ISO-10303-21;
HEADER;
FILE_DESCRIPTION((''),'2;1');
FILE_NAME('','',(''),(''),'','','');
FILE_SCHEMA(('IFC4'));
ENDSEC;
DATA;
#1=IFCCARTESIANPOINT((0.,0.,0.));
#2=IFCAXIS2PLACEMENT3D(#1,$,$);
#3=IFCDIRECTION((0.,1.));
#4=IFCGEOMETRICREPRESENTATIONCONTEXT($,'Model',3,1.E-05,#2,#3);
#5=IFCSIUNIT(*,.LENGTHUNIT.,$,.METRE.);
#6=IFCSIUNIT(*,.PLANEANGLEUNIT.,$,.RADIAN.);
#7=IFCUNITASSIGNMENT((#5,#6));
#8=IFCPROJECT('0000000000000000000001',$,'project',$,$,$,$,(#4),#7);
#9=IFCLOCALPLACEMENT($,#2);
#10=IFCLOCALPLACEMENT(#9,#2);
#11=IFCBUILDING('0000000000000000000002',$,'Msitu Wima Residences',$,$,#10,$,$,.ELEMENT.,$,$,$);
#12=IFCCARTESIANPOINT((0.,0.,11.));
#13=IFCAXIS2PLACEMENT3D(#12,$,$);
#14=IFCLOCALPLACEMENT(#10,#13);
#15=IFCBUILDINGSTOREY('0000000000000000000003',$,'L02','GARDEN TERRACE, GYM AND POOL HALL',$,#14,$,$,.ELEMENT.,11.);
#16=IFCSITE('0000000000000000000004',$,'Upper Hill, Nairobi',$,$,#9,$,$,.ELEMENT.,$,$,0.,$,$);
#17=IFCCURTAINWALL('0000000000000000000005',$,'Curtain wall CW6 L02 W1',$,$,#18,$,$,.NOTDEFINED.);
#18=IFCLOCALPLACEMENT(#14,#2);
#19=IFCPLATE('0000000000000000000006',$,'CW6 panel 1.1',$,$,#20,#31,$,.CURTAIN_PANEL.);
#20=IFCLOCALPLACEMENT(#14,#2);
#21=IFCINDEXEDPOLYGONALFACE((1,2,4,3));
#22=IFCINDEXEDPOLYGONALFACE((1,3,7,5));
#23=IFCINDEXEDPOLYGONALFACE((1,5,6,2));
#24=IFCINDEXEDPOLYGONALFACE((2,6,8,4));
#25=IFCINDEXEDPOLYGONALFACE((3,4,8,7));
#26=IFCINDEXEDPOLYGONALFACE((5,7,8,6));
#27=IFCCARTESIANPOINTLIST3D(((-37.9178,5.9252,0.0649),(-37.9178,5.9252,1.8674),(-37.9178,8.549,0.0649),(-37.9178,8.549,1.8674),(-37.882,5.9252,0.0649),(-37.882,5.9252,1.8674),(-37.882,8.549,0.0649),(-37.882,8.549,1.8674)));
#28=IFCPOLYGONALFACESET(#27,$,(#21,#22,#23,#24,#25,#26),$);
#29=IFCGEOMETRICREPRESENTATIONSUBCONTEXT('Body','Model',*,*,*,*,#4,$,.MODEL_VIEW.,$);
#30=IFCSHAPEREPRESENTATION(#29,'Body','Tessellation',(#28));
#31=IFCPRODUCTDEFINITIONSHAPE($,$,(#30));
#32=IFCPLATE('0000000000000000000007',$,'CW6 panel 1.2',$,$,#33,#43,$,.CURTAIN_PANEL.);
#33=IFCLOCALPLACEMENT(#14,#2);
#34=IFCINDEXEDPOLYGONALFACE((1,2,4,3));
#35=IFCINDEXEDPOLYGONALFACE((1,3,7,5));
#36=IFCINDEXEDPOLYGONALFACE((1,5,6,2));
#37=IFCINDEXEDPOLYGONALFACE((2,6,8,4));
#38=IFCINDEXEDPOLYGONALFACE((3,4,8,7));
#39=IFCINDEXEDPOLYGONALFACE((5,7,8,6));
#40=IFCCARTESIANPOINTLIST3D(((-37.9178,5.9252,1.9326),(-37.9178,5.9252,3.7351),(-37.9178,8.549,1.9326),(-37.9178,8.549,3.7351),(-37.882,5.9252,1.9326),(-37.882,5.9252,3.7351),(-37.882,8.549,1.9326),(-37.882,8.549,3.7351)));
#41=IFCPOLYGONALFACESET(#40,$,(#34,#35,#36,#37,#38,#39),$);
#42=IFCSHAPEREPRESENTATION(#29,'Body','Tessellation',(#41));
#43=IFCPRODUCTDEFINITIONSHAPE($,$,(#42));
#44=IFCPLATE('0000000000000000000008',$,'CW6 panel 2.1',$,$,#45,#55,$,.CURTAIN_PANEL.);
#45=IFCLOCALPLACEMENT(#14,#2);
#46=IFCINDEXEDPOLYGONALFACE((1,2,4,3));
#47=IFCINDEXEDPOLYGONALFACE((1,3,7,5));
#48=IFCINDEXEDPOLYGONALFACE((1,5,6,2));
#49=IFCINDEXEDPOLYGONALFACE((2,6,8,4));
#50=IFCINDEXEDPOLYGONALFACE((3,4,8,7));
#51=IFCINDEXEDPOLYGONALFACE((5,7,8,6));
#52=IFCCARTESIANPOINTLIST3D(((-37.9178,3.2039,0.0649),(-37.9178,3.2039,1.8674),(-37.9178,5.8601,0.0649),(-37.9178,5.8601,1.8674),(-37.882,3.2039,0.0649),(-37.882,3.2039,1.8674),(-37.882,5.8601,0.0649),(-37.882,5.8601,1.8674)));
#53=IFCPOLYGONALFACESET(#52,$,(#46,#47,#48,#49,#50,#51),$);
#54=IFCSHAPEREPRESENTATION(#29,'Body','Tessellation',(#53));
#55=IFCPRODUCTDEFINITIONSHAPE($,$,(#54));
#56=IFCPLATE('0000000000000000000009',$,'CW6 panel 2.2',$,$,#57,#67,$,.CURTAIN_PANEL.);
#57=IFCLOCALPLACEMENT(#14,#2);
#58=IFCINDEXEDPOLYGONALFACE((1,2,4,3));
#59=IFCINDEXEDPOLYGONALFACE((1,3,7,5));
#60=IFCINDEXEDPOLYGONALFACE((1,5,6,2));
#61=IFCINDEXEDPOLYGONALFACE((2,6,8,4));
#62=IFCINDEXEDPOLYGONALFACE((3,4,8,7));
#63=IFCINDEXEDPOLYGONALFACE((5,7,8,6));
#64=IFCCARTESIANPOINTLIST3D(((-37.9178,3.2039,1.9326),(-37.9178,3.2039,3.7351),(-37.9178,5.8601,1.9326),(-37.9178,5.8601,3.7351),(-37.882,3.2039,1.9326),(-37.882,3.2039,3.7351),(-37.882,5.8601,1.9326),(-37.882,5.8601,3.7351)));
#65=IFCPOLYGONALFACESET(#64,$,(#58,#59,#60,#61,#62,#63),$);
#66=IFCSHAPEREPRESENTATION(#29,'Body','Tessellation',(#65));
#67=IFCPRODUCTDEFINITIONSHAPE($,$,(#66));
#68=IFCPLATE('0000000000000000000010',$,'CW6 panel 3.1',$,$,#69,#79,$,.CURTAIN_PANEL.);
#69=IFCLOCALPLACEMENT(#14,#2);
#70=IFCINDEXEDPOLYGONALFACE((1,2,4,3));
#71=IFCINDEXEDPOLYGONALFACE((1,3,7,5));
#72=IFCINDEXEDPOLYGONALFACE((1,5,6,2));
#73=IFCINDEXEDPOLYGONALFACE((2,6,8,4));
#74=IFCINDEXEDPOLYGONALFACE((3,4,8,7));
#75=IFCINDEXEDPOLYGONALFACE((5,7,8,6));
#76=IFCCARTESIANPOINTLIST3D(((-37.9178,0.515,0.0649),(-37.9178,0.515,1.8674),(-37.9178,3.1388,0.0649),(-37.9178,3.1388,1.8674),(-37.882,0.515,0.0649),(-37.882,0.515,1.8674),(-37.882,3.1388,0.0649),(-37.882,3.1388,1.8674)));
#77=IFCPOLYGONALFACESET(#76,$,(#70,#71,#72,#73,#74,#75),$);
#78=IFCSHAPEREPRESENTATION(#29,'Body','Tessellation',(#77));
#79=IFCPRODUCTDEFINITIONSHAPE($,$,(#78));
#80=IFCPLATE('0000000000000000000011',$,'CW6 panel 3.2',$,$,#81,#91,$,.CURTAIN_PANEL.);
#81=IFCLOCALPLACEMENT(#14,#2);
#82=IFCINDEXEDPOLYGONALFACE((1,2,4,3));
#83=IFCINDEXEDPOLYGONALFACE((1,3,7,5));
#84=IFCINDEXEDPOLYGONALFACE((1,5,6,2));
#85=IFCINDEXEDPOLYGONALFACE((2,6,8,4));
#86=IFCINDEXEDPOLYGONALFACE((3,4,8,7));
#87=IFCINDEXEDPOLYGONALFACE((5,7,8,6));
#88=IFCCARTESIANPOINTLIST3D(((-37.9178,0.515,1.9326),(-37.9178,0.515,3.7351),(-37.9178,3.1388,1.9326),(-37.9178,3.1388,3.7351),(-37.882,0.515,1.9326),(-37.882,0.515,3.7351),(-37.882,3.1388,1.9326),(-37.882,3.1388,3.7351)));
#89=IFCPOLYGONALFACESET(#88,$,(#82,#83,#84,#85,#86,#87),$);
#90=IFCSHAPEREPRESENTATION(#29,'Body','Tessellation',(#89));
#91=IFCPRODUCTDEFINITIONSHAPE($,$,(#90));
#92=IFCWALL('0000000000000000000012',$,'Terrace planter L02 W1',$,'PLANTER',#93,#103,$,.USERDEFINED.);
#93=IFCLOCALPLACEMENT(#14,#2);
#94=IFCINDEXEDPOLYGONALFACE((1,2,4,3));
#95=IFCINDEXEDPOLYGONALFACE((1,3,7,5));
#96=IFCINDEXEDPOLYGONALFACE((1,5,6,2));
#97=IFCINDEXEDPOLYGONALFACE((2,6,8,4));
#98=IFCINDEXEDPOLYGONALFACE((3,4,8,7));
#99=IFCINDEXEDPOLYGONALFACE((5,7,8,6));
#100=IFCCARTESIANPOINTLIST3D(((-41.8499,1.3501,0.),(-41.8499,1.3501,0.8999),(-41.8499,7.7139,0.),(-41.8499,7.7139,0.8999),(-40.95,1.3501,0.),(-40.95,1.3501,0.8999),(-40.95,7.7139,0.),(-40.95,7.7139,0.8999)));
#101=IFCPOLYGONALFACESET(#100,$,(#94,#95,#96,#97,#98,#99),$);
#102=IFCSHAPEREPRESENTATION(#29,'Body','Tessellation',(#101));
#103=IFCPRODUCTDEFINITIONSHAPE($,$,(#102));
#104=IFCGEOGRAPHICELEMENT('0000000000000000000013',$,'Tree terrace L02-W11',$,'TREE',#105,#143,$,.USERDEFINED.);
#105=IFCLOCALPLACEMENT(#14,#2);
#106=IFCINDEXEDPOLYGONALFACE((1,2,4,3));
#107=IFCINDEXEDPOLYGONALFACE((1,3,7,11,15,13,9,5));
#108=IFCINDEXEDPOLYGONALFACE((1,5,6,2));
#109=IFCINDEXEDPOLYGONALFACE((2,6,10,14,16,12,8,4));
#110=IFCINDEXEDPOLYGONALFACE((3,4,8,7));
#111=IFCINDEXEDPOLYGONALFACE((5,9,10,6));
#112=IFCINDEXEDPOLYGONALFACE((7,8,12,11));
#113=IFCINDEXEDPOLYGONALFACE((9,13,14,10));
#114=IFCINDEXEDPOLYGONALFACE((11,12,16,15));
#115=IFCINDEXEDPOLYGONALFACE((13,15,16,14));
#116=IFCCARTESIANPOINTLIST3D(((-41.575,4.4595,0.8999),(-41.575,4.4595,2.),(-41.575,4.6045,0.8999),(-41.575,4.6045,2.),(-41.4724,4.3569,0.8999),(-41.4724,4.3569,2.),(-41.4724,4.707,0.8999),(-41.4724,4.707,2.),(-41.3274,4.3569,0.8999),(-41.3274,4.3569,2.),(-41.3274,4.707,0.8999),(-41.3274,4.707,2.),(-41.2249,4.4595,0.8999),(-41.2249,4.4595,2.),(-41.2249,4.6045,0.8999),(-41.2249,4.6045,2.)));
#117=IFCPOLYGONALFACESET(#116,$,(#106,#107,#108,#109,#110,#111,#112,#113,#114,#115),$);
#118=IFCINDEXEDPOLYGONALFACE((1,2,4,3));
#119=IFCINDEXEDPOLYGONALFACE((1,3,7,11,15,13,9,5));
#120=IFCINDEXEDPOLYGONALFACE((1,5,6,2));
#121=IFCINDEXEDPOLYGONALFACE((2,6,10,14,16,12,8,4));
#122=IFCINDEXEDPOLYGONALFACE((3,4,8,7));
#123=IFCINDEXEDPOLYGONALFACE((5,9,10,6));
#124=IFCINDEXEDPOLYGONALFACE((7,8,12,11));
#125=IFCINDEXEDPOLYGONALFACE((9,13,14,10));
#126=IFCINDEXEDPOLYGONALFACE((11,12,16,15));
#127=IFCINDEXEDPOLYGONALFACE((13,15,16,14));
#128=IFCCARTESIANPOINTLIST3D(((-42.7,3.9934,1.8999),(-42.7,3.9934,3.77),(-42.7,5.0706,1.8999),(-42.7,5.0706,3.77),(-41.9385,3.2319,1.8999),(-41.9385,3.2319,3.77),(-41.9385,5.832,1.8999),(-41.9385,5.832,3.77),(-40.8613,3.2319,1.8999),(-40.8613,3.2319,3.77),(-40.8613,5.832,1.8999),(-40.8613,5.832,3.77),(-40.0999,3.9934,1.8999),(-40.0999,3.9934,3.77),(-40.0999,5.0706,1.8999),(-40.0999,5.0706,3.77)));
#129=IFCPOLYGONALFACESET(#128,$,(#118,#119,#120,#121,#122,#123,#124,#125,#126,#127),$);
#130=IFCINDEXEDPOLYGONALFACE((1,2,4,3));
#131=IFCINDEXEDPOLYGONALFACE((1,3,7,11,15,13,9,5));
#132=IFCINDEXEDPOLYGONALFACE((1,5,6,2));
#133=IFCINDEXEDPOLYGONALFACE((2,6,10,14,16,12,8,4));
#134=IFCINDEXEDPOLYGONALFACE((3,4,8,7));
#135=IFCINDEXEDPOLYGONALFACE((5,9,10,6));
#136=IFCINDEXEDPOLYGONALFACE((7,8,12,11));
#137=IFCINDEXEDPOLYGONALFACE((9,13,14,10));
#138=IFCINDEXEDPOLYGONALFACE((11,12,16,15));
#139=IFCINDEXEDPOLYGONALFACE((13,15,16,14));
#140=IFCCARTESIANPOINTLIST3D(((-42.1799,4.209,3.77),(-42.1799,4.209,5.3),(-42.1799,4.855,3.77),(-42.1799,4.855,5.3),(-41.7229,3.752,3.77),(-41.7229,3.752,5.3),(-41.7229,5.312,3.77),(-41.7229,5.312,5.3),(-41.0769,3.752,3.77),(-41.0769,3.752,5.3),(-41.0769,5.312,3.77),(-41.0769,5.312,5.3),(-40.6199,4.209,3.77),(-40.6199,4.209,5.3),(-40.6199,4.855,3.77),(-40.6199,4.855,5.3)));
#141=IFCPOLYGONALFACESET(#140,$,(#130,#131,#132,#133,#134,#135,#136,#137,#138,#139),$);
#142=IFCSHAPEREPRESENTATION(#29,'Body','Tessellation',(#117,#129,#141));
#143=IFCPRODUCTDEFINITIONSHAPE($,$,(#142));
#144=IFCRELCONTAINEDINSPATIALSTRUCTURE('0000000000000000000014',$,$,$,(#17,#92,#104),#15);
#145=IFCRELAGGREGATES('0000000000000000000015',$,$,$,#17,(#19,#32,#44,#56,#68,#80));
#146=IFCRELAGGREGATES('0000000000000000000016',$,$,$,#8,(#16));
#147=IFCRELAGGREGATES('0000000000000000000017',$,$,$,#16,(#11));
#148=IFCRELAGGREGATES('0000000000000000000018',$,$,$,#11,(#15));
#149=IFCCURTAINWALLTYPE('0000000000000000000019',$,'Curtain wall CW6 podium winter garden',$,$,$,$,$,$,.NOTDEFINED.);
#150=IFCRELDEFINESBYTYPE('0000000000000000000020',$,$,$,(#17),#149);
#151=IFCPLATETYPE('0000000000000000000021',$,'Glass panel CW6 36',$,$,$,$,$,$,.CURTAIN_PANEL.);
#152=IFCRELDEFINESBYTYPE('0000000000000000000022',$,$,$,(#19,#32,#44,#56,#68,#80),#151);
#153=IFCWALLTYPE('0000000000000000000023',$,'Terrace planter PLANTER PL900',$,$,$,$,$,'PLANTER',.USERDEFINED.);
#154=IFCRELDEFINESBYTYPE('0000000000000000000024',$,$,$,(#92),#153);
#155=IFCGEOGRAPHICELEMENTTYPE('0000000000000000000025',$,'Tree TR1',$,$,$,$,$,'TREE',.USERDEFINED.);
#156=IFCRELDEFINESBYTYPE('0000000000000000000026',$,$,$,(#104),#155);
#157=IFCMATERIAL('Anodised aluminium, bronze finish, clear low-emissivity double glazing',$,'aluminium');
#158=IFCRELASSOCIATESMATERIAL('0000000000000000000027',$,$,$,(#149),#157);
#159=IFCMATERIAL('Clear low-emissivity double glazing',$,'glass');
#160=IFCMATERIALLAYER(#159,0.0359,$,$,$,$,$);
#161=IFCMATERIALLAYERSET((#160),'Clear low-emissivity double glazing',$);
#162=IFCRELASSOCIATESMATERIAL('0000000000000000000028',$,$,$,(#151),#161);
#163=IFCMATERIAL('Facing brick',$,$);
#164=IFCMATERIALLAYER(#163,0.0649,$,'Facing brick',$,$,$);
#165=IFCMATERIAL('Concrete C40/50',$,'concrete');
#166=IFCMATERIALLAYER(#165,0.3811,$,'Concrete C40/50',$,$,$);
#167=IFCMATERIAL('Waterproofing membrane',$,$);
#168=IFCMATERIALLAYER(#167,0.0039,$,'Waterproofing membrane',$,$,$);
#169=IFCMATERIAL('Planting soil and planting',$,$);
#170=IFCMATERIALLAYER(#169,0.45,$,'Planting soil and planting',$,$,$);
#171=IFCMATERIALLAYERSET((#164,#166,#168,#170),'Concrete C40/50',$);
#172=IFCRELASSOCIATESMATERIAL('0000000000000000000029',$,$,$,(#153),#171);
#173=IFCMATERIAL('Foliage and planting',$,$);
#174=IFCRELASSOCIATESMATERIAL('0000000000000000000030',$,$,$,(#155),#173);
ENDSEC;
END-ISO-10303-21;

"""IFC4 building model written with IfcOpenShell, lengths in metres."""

from ifc_helpers import new_model, si_unit, direction, frame, frame_2d, origin, origin_2d, place, context, subcontext, project, spatial, polyline, rectangle, outline, extrude, material, layer, layer_set, type_object, element, aggregate, save


model = new_model("IFC4")

# Units and contexts
model_context = context("Model", 3, precision=1e-05, world=origin(), true_north=direction((0.0, 1.0)))
body_context = subcontext(model_context, "Body", "Model", "MODEL_VIEW")
ifc_project = project(units=[si_unit("LENGTHUNIT", "METRE"), si_unit("PLANEANGLEUNIT", "RADIAN")], contexts=[model_context])

# Site, building, storey
site_placement = place(None, origin())
site = spatial("IfcSite", under=ifc_project, at=site_placement, Name="Upper Hill, Nairobi", CompositionType="ELEMENT", RefElevation=0.0)
building_placement = place(site_placement, origin())
building = spatial("IfcBuilding", under=site, at=building_placement, Name="Msitu Wima Residences", CompositionType="ELEMENT")
storey_placement = place(building_placement, frame((0.0, 0.0, 11.0)))
storey = spatial("IfcBuildingStorey", under=building, at=storey_placement, Name="L02", Description="GARDEN TERRACE, GYM AND POOL HALL", CompositionType="ELEMENT", Elevation=11.0)

# Shared definitions
ifc_material_1 = material(Name="Anodised aluminium, bronze finish, clear low-emissivity double glazing", Category="aluminium")
curtain_wall_type = type_object("IfcCurtainWallType", Name="Curtain wall CW6 podium winter garden", PredefinedType="NOTDEFINED", material=ifc_material_1)

# Curtain wall, plates
curtain_wall_1_placement = place(storey_placement, origin())
curtain_wall_1 = element("IfcCurtainWall", 1, at=curtain_wall_1_placement, inside=storey, type_object=curtain_wall_type, Name="Curtain wall CW6 L02 W1", PredefinedType="NOTDEFINED")
ifc_material_2 = material(Name="Clear low-emissivity double glazing", Category="glass")
ifc_layer_1 = layer(ifc_material_2, 0.0359)
ifc_layer_set_1 = layer_set([ifc_layer_1], Name="Clear low-emissivity double glazing")
plate_type = type_object("IfcPlateType", Name="Glass panel CW6 36", PredefinedType="CURTAIN_PANEL", material=ifc_layer_set_1)
plate_1_placement = place(storey_placement, frame((-37.8999, 7.2371, 0.0649), z_axis=(0.0, 0.0, 1.0), x_axis=(0.0, -1.0, 0.0)))
plate_1 = element("IfcPlate", 2, at=plate_1_placement, type_object=plate_type, Name="CW6 panel 1.1", PredefinedType="CURTAIN_PANEL", context=body_context, shape_type="SweptSolid", body=[
    extrude(rectangle(XDim=2.6238, YDim=0.0359, at=origin_2d()), origin(), (0.0, 0.0, 1.0), 1.8025),
])
plate_2_placement = place(storey_placement, frame((-37.8999, 7.2371, 1.9326), z_axis=(0.0, 0.0, 1.0), x_axis=(0.0, -1.0, 0.0)))
plate_2 = element("IfcPlate", 3, at=plate_2_placement, type_object=plate_type, Name="CW6 panel 1.2", PredefinedType="CURTAIN_PANEL", context=body_context, shape_type="SweptSolid", body=[
    extrude(rectangle(XDim=2.6238, YDim=0.0359, at=origin_2d()), origin(), (0.0, 0.0, 1.0), 1.8025),
])
plate_3_placement = place(storey_placement, frame((-37.8999, 4.532, 0.0649), z_axis=(0.0, 0.0, 1.0), x_axis=(0.0, -1.0, 0.0)))
plate_3 = element("IfcPlate", 4, at=plate_3_placement, type_object=plate_type, Name="CW6 panel 2.1", PredefinedType="CURTAIN_PANEL", context=body_context, shape_type="SweptSolid", body=[
    extrude(rectangle(XDim=2.6562, YDim=0.0359, at=origin_2d()), origin(), (0.0, 0.0, 1.0), 1.8025),
])
plate_4_placement = place(storey_placement, frame((-37.8999, 4.532, 1.9326), z_axis=(0.0, 0.0, 1.0), x_axis=(0.0, -1.0, 0.0)))
plate_4 = element("IfcPlate", 5, at=plate_4_placement, type_object=plate_type, Name="CW6 panel 2.2", PredefinedType="CURTAIN_PANEL", context=body_context, shape_type="SweptSolid", body=[
    extrude(rectangle(XDim=2.6562, YDim=0.0359, at=origin_2d()), origin(), (0.0, 0.0, 1.0), 1.8025),
])
plate_5_placement = place(storey_placement, frame((-37.8999, 1.8269, 0.0649), z_axis=(0.0, 0.0, 1.0), x_axis=(0.0, -1.0, 0.0)))
plate_5 = element("IfcPlate", 6, at=plate_5_placement, type_object=plate_type, Name="CW6 panel 3.1", PredefinedType="CURTAIN_PANEL", context=body_context, shape_type="SweptSolid", body=[
    extrude(rectangle(XDim=2.6238, YDim=0.0359, at=origin_2d()), origin(), (0.0, 0.0, 1.0), 1.8025),
])
plate_6_placement = place(storey_placement, frame((-37.8999, 1.8269, 1.9326), z_axis=(0.0, 0.0, 1.0), x_axis=(0.0, -1.0, 0.0)))
plate_6 = element("IfcPlate", 7, at=plate_6_placement, type_object=plate_type, Name="CW6 panel 3.2", PredefinedType="CURTAIN_PANEL", context=body_context, shape_type="SweptSolid", body=[
    extrude(rectangle(XDim=2.6238, YDim=0.0359, at=origin_2d()), origin(), (0.0, 0.0, 1.0), 1.8025),
])
aggregate(curtain_wall_1, [plate_1, plate_2, plate_3, plate_4, plate_5, plate_6])

# Wall
ifc_material_3 = material(Name="Facing brick")
ifc_layer_2 = layer(ifc_material_3, 0.0649, Name="Facing brick")
ifc_material_4 = material(Name="Concrete C40/50", Category="concrete")
ifc_layer_3 = layer(ifc_material_4, 0.3811, Name="Concrete C40/50")
ifc_material_5 = material(Name="Waterproofing membrane")
ifc_layer_4 = layer(ifc_material_5, 0.0039, Name="Waterproofing membrane")
ifc_material_6 = material(Name="Planting soil and planting")
ifc_layer_5 = layer(ifc_material_6, 0.45, Name="Planting soil and planting")
ifc_layer_set_2 = layer_set([ifc_layer_2, ifc_layer_3, ifc_layer_4, ifc_layer_5], Name="Concrete C40/50")
wall_type = type_object("IfcWallType", Name="Terrace planter PLANTER PL900", ElementType="PLANTER", PredefinedType="USERDEFINED", material=ifc_layer_set_2)
wall_placement = place(storey_placement, frame((-41.3999, 7.7139, 0.0), z_axis=(0.0, 0.0, 1.0), x_axis=(0.0, -1.0, 0.0)))
element("IfcWall", 8, at=wall_placement, inside=storey, type_object=wall_type, Name="Terrace planter L02 W1", ObjectType="PLANTER", PredefinedType="USERDEFINED", context=body_context, shape_type="SweptSolid", body=[
    extrude(rectangle(XDim=6.3638, YDim=0.8999, at=frame_2d((3.1819, 0.0))), origin(), (0.0, 0.0, 1.0), 0.8999),
])

# Geographic element
ifc_material_7 = material(Name="Foliage and planting")
geographic_element_type = type_object("IfcGeographicElementType", Name="Tree TR1", ElementType="TREE", PredefinedType="USERDEFINED", material=ifc_material_7)
geographic_element_placement = place(storey_placement, frame((-41.3999, 4.532, 0.8999), z_axis=(0.0, 0.0, 1.0), x_axis=(1.0, 0.0, 0.0)))
element("IfcGeographicElement", 9, at=geographic_element_placement, inside=storey, type_object=geographic_element_type, Name="Tree terrace L02-W11", ObjectType="TREE", PredefinedType="USERDEFINED", context=body_context, shape_type="SweptSolid", body=[
    extrude(outline(polyline([(0.175, 0.0725), (0.0725, 0.175), (-0.0725, 0.175), (-0.175, 0.0725), (-0.175, -0.0725), (-0.0725, -0.175), (0.0725, -0.175), (0.175, -0.0725), (0.175, 0.0725)])), origin(), (0.0, 0.0, 1.0), 1.1001),
    extrude(outline(polyline([(1.3, 0.5386), (0.5386, 1.3), (-0.5386, 1.3), (-1.3, 0.5386), (-1.3, -0.5386), (-0.5386, -1.3), (0.5386, -1.3), (1.3, -0.5386), (1.3, 0.5386)])), frame((0.0, 0.0, 1.0)), (0.0, 0.0, 1.0), 1.8701),
    extrude(outline(polyline([(0.78, 0.323), (0.323, 0.78), (-0.323, 0.78), (-0.78, 0.323), (-0.78, -0.323), (-0.323, -0.78), (0.323, -0.78), (0.78, -0.323), (0.78, 0.323)])), frame((0.0, 0.0, 2.8701)), (0.0, 0.0, 1.0), 1.53),
])

save(model, "model.ifc")
